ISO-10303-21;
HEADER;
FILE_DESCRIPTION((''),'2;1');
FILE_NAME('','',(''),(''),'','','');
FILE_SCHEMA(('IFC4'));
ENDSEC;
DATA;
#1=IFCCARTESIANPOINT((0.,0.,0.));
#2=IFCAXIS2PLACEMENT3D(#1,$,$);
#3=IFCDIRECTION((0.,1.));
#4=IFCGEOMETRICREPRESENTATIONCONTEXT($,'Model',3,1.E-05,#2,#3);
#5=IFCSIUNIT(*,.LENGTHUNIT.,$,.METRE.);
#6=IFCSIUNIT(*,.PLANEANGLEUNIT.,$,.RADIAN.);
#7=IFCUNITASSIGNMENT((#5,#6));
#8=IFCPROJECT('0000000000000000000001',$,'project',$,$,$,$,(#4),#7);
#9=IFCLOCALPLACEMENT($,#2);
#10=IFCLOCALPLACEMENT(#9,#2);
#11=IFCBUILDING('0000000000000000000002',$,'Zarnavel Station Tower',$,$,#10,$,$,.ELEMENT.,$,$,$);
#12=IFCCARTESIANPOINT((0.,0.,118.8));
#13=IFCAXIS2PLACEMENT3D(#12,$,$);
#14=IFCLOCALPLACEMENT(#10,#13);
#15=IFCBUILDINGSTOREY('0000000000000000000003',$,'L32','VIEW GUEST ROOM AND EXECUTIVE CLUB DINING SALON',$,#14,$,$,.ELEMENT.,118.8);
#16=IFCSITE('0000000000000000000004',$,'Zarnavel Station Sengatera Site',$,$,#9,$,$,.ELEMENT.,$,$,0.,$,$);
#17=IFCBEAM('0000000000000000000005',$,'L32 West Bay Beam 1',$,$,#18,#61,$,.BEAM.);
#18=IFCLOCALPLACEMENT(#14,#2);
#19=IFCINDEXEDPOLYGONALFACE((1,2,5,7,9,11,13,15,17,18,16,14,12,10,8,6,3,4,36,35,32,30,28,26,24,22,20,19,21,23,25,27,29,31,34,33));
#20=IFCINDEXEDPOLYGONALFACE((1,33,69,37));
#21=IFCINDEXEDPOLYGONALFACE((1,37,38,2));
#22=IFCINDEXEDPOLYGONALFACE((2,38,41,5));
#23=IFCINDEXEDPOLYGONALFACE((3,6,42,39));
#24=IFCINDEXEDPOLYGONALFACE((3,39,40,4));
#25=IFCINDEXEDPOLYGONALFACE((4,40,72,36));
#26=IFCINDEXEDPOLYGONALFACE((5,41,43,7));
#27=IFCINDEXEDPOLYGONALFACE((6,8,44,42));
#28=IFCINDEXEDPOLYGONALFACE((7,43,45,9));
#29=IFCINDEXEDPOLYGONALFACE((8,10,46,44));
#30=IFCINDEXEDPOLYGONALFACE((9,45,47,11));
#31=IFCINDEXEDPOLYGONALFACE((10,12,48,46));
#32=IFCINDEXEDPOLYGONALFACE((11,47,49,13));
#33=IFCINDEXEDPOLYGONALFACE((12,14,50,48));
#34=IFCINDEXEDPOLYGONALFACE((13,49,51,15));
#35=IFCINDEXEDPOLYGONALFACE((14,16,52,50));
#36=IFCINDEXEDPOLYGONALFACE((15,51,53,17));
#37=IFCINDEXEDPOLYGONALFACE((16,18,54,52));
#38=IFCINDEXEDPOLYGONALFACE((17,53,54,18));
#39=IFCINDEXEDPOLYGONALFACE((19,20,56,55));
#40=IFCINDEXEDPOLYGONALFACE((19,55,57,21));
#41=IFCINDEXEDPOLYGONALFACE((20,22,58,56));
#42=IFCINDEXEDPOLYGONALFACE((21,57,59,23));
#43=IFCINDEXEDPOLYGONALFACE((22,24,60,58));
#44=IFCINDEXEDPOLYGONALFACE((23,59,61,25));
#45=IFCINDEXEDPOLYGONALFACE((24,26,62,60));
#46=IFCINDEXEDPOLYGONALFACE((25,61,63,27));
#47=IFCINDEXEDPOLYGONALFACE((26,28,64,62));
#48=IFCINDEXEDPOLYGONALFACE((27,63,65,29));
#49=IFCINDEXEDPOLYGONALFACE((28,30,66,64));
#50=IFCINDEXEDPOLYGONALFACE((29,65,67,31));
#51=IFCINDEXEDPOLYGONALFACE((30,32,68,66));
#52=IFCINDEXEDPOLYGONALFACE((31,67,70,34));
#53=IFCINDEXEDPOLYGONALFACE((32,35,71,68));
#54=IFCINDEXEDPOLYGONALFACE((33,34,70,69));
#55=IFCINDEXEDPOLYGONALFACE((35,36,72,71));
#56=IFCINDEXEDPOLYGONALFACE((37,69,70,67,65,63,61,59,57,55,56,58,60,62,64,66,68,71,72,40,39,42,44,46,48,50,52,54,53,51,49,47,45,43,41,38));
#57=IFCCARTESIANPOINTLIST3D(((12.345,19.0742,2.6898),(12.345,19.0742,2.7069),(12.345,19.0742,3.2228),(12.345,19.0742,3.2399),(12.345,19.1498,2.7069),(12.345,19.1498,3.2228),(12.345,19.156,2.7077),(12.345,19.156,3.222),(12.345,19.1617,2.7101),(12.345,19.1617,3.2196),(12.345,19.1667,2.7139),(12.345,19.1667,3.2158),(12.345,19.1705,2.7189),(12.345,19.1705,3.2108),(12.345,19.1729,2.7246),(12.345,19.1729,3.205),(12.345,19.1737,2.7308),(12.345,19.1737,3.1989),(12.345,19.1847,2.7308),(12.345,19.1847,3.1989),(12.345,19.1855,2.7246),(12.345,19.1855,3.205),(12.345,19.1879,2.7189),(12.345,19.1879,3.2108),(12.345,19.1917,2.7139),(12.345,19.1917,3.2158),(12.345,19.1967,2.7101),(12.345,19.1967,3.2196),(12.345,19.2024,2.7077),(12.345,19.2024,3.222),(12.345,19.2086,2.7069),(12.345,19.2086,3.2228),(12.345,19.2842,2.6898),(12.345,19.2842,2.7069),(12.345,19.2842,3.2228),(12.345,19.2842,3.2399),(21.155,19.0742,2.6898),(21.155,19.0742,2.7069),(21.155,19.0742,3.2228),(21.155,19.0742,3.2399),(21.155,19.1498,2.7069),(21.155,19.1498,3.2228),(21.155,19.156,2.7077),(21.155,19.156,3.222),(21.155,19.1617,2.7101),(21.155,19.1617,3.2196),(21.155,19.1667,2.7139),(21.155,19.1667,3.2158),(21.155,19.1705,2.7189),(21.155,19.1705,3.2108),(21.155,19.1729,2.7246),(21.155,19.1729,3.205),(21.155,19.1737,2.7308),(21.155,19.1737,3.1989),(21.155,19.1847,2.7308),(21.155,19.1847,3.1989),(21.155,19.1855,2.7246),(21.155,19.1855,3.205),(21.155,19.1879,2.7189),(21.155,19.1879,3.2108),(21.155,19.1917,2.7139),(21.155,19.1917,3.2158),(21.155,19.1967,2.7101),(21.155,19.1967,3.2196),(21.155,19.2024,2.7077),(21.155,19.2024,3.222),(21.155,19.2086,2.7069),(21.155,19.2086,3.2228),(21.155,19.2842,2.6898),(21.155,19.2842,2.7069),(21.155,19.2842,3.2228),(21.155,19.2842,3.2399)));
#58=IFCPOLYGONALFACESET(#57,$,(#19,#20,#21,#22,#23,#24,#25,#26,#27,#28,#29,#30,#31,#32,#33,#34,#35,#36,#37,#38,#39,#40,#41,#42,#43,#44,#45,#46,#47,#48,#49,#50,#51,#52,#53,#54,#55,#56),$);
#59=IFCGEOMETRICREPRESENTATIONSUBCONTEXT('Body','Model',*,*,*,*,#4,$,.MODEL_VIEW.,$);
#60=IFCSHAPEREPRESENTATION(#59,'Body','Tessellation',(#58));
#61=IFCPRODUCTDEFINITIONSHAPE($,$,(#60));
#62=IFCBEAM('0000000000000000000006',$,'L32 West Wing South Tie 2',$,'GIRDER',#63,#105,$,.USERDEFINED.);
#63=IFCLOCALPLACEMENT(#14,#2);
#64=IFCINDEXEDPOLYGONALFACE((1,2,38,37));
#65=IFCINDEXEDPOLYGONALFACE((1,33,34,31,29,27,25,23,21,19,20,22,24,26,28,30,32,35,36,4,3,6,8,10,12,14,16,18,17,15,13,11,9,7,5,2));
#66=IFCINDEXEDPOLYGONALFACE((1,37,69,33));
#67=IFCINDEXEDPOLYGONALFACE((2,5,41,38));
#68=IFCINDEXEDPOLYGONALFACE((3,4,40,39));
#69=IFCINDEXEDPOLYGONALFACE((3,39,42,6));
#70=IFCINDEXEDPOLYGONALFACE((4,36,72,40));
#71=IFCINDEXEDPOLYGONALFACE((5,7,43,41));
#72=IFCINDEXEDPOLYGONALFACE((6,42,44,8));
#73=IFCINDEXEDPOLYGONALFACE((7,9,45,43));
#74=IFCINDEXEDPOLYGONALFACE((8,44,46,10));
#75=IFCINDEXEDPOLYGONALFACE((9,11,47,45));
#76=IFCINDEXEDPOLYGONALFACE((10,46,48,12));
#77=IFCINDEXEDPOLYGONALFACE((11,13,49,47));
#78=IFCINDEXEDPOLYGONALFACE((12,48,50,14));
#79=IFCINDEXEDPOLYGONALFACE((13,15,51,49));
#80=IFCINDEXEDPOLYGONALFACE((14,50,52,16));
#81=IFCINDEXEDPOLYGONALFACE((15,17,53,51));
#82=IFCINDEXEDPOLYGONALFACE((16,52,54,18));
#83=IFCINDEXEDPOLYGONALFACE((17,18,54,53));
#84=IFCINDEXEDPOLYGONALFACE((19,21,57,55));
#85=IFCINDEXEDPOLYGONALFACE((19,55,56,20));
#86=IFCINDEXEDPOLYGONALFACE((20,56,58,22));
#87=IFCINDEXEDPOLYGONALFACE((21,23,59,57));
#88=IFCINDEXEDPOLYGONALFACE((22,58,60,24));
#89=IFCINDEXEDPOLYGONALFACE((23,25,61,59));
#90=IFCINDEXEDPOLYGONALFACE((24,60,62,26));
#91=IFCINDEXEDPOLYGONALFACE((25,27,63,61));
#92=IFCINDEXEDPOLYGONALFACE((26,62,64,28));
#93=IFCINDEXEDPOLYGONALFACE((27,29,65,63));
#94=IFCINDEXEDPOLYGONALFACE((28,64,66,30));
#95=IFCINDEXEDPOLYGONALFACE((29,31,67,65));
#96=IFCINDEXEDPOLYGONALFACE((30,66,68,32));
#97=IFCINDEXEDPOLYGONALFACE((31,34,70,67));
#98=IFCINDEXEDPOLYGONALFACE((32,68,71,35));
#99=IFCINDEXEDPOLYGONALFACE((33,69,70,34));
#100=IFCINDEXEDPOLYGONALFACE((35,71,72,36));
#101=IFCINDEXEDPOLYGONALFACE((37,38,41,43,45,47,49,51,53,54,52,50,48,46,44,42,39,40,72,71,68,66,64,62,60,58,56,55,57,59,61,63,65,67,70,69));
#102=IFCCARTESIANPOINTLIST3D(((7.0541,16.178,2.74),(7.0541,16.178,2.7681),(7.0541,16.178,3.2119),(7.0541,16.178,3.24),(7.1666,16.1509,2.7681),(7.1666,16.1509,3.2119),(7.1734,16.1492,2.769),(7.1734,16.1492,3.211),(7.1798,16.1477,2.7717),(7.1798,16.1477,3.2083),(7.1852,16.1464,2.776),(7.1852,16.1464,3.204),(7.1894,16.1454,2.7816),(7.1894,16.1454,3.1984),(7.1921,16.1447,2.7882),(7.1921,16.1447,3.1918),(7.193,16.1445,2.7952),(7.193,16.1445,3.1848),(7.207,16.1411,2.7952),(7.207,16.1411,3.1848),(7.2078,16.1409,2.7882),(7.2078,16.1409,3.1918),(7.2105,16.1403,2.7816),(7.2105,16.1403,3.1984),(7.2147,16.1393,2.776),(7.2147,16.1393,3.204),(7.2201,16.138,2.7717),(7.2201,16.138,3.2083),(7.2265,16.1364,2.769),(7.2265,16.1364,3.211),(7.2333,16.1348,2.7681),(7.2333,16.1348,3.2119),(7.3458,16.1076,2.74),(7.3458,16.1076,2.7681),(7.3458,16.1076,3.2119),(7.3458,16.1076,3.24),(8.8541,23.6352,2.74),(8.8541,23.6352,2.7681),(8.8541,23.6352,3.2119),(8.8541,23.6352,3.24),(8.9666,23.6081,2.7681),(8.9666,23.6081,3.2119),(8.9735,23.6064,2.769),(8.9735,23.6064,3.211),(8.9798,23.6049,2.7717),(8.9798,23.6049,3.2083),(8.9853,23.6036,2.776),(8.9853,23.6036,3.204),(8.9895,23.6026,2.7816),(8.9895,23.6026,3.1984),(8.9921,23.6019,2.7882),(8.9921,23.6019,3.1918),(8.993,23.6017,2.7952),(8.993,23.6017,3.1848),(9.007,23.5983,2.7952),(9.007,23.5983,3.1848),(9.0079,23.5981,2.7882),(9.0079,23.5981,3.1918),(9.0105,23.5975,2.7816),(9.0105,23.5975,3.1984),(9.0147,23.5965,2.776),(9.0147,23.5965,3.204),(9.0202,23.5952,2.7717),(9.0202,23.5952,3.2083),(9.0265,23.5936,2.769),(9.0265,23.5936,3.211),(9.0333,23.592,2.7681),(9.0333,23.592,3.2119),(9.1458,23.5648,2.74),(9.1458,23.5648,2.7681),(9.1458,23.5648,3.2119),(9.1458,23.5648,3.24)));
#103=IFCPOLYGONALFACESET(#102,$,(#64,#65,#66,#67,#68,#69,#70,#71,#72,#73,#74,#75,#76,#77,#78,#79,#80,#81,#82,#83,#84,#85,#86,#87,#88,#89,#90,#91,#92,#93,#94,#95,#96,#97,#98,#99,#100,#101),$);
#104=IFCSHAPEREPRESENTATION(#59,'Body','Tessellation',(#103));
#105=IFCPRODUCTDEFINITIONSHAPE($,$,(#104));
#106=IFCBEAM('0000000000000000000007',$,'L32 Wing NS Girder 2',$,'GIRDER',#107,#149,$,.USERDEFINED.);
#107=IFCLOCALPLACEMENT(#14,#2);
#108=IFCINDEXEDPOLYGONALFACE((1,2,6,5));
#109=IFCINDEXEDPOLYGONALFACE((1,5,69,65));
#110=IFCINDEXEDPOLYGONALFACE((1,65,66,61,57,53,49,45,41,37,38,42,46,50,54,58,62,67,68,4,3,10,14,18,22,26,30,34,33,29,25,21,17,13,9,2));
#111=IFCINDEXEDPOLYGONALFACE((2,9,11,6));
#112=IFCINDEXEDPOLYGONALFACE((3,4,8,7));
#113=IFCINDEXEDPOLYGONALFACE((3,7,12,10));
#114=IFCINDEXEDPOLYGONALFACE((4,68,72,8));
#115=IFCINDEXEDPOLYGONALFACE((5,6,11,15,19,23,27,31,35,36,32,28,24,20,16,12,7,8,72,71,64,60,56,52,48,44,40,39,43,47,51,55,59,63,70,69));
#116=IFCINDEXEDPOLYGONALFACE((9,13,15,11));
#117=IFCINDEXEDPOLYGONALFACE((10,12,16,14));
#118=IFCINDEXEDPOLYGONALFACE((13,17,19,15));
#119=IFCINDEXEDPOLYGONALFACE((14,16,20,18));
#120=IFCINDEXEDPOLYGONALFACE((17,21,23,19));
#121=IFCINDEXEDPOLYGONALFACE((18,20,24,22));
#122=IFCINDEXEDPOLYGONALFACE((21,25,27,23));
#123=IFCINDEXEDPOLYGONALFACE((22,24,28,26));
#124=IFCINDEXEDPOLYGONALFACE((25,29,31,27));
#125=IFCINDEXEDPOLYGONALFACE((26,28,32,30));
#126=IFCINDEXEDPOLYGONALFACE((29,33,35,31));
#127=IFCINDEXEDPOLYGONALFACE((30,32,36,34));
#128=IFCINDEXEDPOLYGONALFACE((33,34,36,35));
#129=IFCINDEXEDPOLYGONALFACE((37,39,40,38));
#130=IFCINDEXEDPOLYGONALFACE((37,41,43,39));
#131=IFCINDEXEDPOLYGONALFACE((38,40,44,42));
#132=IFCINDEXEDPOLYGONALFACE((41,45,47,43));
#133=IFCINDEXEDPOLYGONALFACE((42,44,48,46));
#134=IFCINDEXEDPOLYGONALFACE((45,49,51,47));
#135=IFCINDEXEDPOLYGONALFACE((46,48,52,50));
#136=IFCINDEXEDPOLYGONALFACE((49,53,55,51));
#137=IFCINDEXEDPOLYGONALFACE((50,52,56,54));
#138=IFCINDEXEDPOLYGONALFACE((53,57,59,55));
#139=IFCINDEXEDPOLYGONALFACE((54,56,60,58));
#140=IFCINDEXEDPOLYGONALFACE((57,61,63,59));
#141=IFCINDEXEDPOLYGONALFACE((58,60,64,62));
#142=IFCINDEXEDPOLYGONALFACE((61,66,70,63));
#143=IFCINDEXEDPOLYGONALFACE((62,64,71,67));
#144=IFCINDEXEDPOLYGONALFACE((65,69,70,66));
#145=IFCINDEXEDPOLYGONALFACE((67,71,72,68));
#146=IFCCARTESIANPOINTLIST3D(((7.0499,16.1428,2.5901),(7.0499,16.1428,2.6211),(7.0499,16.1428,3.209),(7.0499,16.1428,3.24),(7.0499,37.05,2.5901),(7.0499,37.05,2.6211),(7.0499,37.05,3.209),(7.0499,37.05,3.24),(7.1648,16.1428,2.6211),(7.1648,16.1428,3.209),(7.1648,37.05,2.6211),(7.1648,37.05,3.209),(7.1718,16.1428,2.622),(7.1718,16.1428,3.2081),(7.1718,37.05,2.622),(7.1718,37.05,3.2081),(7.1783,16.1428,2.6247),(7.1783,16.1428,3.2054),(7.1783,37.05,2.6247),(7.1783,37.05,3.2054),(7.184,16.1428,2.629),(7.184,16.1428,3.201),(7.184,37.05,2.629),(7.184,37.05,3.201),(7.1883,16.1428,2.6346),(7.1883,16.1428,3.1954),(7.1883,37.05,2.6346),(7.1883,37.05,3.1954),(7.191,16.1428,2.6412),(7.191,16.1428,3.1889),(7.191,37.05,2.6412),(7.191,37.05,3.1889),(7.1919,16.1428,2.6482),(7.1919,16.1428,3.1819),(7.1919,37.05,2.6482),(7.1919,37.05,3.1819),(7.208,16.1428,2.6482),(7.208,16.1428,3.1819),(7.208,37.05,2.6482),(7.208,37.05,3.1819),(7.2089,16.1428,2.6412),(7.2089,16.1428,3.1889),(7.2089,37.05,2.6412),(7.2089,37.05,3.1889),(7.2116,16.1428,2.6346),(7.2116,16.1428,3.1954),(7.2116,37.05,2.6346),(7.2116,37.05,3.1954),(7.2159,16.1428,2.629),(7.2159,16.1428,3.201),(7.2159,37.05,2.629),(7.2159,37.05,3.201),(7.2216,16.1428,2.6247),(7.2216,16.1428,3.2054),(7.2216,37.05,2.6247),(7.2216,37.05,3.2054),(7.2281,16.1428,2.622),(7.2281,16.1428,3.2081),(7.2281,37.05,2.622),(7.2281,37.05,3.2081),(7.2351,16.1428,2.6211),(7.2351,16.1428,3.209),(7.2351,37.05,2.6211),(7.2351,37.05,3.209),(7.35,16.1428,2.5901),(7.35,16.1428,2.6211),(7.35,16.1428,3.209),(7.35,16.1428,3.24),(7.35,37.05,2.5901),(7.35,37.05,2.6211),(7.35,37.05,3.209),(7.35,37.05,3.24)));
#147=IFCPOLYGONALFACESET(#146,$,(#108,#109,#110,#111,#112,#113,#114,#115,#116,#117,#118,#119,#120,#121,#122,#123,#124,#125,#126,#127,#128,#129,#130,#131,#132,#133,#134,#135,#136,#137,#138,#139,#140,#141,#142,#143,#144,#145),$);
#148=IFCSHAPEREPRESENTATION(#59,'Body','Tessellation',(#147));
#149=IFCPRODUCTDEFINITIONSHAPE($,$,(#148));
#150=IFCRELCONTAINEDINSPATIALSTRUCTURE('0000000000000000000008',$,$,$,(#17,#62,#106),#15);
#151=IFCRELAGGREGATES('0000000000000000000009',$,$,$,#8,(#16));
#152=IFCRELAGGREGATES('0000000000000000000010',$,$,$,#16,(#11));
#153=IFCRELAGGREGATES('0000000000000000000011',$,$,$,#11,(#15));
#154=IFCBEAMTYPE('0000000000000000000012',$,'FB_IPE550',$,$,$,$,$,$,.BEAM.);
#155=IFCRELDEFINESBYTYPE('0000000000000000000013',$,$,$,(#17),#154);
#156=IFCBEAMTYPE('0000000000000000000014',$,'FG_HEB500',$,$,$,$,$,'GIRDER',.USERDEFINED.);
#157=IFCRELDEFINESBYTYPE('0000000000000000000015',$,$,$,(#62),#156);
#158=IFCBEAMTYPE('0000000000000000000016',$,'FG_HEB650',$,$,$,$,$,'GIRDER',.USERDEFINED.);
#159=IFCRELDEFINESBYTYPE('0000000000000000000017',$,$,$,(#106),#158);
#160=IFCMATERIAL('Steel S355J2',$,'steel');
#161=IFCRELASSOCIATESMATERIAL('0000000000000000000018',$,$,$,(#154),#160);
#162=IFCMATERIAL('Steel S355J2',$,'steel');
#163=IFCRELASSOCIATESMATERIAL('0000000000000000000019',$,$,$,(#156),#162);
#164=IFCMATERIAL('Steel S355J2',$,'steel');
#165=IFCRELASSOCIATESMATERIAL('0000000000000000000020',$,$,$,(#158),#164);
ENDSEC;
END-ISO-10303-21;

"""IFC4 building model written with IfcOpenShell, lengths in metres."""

from ifc_helpers import new_model, si_unit, direction, frame, origin, origin_2d, place, context, subcontext, project, spatial, i_section, extrude, material, material_profile, profile_set, type_object, element, save


model = new_model("IFC4")

# Units and contexts
model_context = context("Model", 3, precision=1e-05, world=origin(), true_north=direction((0.0, 1.0)))
body_context = subcontext(model_context, "Body", "Model", "MODEL_VIEW")
ifc_project = project(units=[si_unit("LENGTHUNIT", "METRE"), si_unit("PLANEANGLEUNIT", "RADIAN")], contexts=[model_context])

# Site, building, storey
site_placement = place(None, origin())
site = spatial("IfcSite", under=ifc_project, at=site_placement, Name="Zarnavel Station Sengatera Site", CompositionType="ELEMENT", RefElevation=0.0)
building_placement = place(site_placement, origin())
building = spatial("IfcBuilding", under=site, at=building_placement, Name="Zarnavel Station Tower", CompositionType="ELEMENT")
storey_placement = place(building_placement, frame((0.0, 0.0, 118.8)))
storey = spatial("IfcBuildingStorey", under=building, at=storey_placement, Name="L32", Description="VIEW GUEST ROOM AND EXECUTIVE CLUB DINING SALON", CompositionType="ELEMENT", Elevation=118.8)

# Beams
ifc_material_1 = material(Name="Steel S355J2", Category="steel")
ifc_material_profile_1 = material_profile(ifc_material_1, i_section(OverallWidth=0.21, OverallDepth=0.55, WebThickness=0.011, FlangeThickness=0.0171, FilletRadius=0.0239, at=origin_2d()), Name="IPE550")
ifc_profile_set_1 = profile_set([ifc_material_profile_1], Name="Steel S355J2")
beam_type_1 = type_object("IfcBeamType", Name="FB_IPE550", PredefinedType="BEAM", material=ifc_profile_set_1)
beam_1_placement = place(storey_placement, frame((12.345, 19.1792, 2.9648), z_axis=(1.0, 0.0, 0.0), x_axis=(0.0, 1.0, 0.0)))
element("IfcBeam", 1, at=beam_1_placement, inside=storey, type_object=beam_type_1, Name="L32 West Bay Beam 1", PredefinedType="BEAM", context=body_context, shape_type="SweptSolid", body=[
    extrude(i_section(OverallWidth=0.21, OverallDepth=0.55, WebThickness=0.011, FlangeThickness=0.0171, FilletRadius=0.0239, at=origin_2d()), origin(), (0.0, 0.0, 1.0), 8.8101),
])
ifc_material_2 = material(Name="Steel S355J2", Category="steel")
ifc_material_profile_2 = material_profile(ifc_material_2, i_section(OverallWidth=0.3, OverallDepth=0.5, WebThickness=0.0144, FlangeThickness=0.0281, FilletRadius=0.0271, at=origin_2d()), Name="HEB500")
ifc_profile_set_2 = profile_set([ifc_material_profile_2], Name="Steel S355J2")
beam_type_2 = type_object("IfcBeamType", Name="FG_HEB500", ElementType="GIRDER", PredefinedType="USERDEFINED", material=ifc_profile_set_2)
beam_2_placement = place(storey_placement, frame((7.2, 16.1428, 2.99), z_axis=(0.234643, 0.972082, 0.0), x_axis=(-0.972082, 0.234643, 0.0)))
element("IfcBeam", 2, at=beam_2_placement, inside=storey, type_object=beam_type_2, Name="L32 West Wing South Tie 2", ObjectType="GIRDER", PredefinedType="USERDEFINED", context=body_context, shape_type="SweptSolid", body=[
    extrude(i_section(OverallWidth=0.3, OverallDepth=0.5, WebThickness=0.0144, FlangeThickness=0.0281, FilletRadius=0.0271, at=origin_2d()), origin(), (0.0, 0.0, 1.0), 7.6714),
])
ifc_material_3 = material(Name="Steel S355J2", Category="steel")
ifc_material_profile_3 = material_profile(ifc_material_3, i_section(OverallWidth=0.3, OverallDepth=0.6499, WebThickness=0.0161, FlangeThickness=0.031, FilletRadius=0.0271, at=origin_2d()), Name="HEB650")
ifc_profile_set_3 = profile_set([ifc_material_profile_3], Name="Steel S355J2")
beam_type_3 = type_object("IfcBeamType", Name="FG_HEB650", ElementType="GIRDER", PredefinedType="USERDEFINED", material=ifc_profile_set_3)
beam_3_placement = place(storey_placement, frame((7.2, 16.1428, 2.915), z_axis=(0.0, 1.0, 0.0), x_axis=(-1.0, 0.0, 0.0)))
element("IfcBeam", 3, at=beam_3_placement, inside=storey, type_object=beam_type_3, Name="L32 Wing NS Girder 2", ObjectType="GIRDER", PredefinedType="USERDEFINED", context=body_context, shape_type="SweptSolid", body=[
    extrude(i_section(OverallWidth=0.3, OverallDepth=0.6499, WebThickness=0.0161, FlangeThickness=0.031, FilletRadius=0.0271, at=origin_2d()), origin(), (0.0, 0.0, 1.0), 20.9072),
])

save(model, "model.ifc")
